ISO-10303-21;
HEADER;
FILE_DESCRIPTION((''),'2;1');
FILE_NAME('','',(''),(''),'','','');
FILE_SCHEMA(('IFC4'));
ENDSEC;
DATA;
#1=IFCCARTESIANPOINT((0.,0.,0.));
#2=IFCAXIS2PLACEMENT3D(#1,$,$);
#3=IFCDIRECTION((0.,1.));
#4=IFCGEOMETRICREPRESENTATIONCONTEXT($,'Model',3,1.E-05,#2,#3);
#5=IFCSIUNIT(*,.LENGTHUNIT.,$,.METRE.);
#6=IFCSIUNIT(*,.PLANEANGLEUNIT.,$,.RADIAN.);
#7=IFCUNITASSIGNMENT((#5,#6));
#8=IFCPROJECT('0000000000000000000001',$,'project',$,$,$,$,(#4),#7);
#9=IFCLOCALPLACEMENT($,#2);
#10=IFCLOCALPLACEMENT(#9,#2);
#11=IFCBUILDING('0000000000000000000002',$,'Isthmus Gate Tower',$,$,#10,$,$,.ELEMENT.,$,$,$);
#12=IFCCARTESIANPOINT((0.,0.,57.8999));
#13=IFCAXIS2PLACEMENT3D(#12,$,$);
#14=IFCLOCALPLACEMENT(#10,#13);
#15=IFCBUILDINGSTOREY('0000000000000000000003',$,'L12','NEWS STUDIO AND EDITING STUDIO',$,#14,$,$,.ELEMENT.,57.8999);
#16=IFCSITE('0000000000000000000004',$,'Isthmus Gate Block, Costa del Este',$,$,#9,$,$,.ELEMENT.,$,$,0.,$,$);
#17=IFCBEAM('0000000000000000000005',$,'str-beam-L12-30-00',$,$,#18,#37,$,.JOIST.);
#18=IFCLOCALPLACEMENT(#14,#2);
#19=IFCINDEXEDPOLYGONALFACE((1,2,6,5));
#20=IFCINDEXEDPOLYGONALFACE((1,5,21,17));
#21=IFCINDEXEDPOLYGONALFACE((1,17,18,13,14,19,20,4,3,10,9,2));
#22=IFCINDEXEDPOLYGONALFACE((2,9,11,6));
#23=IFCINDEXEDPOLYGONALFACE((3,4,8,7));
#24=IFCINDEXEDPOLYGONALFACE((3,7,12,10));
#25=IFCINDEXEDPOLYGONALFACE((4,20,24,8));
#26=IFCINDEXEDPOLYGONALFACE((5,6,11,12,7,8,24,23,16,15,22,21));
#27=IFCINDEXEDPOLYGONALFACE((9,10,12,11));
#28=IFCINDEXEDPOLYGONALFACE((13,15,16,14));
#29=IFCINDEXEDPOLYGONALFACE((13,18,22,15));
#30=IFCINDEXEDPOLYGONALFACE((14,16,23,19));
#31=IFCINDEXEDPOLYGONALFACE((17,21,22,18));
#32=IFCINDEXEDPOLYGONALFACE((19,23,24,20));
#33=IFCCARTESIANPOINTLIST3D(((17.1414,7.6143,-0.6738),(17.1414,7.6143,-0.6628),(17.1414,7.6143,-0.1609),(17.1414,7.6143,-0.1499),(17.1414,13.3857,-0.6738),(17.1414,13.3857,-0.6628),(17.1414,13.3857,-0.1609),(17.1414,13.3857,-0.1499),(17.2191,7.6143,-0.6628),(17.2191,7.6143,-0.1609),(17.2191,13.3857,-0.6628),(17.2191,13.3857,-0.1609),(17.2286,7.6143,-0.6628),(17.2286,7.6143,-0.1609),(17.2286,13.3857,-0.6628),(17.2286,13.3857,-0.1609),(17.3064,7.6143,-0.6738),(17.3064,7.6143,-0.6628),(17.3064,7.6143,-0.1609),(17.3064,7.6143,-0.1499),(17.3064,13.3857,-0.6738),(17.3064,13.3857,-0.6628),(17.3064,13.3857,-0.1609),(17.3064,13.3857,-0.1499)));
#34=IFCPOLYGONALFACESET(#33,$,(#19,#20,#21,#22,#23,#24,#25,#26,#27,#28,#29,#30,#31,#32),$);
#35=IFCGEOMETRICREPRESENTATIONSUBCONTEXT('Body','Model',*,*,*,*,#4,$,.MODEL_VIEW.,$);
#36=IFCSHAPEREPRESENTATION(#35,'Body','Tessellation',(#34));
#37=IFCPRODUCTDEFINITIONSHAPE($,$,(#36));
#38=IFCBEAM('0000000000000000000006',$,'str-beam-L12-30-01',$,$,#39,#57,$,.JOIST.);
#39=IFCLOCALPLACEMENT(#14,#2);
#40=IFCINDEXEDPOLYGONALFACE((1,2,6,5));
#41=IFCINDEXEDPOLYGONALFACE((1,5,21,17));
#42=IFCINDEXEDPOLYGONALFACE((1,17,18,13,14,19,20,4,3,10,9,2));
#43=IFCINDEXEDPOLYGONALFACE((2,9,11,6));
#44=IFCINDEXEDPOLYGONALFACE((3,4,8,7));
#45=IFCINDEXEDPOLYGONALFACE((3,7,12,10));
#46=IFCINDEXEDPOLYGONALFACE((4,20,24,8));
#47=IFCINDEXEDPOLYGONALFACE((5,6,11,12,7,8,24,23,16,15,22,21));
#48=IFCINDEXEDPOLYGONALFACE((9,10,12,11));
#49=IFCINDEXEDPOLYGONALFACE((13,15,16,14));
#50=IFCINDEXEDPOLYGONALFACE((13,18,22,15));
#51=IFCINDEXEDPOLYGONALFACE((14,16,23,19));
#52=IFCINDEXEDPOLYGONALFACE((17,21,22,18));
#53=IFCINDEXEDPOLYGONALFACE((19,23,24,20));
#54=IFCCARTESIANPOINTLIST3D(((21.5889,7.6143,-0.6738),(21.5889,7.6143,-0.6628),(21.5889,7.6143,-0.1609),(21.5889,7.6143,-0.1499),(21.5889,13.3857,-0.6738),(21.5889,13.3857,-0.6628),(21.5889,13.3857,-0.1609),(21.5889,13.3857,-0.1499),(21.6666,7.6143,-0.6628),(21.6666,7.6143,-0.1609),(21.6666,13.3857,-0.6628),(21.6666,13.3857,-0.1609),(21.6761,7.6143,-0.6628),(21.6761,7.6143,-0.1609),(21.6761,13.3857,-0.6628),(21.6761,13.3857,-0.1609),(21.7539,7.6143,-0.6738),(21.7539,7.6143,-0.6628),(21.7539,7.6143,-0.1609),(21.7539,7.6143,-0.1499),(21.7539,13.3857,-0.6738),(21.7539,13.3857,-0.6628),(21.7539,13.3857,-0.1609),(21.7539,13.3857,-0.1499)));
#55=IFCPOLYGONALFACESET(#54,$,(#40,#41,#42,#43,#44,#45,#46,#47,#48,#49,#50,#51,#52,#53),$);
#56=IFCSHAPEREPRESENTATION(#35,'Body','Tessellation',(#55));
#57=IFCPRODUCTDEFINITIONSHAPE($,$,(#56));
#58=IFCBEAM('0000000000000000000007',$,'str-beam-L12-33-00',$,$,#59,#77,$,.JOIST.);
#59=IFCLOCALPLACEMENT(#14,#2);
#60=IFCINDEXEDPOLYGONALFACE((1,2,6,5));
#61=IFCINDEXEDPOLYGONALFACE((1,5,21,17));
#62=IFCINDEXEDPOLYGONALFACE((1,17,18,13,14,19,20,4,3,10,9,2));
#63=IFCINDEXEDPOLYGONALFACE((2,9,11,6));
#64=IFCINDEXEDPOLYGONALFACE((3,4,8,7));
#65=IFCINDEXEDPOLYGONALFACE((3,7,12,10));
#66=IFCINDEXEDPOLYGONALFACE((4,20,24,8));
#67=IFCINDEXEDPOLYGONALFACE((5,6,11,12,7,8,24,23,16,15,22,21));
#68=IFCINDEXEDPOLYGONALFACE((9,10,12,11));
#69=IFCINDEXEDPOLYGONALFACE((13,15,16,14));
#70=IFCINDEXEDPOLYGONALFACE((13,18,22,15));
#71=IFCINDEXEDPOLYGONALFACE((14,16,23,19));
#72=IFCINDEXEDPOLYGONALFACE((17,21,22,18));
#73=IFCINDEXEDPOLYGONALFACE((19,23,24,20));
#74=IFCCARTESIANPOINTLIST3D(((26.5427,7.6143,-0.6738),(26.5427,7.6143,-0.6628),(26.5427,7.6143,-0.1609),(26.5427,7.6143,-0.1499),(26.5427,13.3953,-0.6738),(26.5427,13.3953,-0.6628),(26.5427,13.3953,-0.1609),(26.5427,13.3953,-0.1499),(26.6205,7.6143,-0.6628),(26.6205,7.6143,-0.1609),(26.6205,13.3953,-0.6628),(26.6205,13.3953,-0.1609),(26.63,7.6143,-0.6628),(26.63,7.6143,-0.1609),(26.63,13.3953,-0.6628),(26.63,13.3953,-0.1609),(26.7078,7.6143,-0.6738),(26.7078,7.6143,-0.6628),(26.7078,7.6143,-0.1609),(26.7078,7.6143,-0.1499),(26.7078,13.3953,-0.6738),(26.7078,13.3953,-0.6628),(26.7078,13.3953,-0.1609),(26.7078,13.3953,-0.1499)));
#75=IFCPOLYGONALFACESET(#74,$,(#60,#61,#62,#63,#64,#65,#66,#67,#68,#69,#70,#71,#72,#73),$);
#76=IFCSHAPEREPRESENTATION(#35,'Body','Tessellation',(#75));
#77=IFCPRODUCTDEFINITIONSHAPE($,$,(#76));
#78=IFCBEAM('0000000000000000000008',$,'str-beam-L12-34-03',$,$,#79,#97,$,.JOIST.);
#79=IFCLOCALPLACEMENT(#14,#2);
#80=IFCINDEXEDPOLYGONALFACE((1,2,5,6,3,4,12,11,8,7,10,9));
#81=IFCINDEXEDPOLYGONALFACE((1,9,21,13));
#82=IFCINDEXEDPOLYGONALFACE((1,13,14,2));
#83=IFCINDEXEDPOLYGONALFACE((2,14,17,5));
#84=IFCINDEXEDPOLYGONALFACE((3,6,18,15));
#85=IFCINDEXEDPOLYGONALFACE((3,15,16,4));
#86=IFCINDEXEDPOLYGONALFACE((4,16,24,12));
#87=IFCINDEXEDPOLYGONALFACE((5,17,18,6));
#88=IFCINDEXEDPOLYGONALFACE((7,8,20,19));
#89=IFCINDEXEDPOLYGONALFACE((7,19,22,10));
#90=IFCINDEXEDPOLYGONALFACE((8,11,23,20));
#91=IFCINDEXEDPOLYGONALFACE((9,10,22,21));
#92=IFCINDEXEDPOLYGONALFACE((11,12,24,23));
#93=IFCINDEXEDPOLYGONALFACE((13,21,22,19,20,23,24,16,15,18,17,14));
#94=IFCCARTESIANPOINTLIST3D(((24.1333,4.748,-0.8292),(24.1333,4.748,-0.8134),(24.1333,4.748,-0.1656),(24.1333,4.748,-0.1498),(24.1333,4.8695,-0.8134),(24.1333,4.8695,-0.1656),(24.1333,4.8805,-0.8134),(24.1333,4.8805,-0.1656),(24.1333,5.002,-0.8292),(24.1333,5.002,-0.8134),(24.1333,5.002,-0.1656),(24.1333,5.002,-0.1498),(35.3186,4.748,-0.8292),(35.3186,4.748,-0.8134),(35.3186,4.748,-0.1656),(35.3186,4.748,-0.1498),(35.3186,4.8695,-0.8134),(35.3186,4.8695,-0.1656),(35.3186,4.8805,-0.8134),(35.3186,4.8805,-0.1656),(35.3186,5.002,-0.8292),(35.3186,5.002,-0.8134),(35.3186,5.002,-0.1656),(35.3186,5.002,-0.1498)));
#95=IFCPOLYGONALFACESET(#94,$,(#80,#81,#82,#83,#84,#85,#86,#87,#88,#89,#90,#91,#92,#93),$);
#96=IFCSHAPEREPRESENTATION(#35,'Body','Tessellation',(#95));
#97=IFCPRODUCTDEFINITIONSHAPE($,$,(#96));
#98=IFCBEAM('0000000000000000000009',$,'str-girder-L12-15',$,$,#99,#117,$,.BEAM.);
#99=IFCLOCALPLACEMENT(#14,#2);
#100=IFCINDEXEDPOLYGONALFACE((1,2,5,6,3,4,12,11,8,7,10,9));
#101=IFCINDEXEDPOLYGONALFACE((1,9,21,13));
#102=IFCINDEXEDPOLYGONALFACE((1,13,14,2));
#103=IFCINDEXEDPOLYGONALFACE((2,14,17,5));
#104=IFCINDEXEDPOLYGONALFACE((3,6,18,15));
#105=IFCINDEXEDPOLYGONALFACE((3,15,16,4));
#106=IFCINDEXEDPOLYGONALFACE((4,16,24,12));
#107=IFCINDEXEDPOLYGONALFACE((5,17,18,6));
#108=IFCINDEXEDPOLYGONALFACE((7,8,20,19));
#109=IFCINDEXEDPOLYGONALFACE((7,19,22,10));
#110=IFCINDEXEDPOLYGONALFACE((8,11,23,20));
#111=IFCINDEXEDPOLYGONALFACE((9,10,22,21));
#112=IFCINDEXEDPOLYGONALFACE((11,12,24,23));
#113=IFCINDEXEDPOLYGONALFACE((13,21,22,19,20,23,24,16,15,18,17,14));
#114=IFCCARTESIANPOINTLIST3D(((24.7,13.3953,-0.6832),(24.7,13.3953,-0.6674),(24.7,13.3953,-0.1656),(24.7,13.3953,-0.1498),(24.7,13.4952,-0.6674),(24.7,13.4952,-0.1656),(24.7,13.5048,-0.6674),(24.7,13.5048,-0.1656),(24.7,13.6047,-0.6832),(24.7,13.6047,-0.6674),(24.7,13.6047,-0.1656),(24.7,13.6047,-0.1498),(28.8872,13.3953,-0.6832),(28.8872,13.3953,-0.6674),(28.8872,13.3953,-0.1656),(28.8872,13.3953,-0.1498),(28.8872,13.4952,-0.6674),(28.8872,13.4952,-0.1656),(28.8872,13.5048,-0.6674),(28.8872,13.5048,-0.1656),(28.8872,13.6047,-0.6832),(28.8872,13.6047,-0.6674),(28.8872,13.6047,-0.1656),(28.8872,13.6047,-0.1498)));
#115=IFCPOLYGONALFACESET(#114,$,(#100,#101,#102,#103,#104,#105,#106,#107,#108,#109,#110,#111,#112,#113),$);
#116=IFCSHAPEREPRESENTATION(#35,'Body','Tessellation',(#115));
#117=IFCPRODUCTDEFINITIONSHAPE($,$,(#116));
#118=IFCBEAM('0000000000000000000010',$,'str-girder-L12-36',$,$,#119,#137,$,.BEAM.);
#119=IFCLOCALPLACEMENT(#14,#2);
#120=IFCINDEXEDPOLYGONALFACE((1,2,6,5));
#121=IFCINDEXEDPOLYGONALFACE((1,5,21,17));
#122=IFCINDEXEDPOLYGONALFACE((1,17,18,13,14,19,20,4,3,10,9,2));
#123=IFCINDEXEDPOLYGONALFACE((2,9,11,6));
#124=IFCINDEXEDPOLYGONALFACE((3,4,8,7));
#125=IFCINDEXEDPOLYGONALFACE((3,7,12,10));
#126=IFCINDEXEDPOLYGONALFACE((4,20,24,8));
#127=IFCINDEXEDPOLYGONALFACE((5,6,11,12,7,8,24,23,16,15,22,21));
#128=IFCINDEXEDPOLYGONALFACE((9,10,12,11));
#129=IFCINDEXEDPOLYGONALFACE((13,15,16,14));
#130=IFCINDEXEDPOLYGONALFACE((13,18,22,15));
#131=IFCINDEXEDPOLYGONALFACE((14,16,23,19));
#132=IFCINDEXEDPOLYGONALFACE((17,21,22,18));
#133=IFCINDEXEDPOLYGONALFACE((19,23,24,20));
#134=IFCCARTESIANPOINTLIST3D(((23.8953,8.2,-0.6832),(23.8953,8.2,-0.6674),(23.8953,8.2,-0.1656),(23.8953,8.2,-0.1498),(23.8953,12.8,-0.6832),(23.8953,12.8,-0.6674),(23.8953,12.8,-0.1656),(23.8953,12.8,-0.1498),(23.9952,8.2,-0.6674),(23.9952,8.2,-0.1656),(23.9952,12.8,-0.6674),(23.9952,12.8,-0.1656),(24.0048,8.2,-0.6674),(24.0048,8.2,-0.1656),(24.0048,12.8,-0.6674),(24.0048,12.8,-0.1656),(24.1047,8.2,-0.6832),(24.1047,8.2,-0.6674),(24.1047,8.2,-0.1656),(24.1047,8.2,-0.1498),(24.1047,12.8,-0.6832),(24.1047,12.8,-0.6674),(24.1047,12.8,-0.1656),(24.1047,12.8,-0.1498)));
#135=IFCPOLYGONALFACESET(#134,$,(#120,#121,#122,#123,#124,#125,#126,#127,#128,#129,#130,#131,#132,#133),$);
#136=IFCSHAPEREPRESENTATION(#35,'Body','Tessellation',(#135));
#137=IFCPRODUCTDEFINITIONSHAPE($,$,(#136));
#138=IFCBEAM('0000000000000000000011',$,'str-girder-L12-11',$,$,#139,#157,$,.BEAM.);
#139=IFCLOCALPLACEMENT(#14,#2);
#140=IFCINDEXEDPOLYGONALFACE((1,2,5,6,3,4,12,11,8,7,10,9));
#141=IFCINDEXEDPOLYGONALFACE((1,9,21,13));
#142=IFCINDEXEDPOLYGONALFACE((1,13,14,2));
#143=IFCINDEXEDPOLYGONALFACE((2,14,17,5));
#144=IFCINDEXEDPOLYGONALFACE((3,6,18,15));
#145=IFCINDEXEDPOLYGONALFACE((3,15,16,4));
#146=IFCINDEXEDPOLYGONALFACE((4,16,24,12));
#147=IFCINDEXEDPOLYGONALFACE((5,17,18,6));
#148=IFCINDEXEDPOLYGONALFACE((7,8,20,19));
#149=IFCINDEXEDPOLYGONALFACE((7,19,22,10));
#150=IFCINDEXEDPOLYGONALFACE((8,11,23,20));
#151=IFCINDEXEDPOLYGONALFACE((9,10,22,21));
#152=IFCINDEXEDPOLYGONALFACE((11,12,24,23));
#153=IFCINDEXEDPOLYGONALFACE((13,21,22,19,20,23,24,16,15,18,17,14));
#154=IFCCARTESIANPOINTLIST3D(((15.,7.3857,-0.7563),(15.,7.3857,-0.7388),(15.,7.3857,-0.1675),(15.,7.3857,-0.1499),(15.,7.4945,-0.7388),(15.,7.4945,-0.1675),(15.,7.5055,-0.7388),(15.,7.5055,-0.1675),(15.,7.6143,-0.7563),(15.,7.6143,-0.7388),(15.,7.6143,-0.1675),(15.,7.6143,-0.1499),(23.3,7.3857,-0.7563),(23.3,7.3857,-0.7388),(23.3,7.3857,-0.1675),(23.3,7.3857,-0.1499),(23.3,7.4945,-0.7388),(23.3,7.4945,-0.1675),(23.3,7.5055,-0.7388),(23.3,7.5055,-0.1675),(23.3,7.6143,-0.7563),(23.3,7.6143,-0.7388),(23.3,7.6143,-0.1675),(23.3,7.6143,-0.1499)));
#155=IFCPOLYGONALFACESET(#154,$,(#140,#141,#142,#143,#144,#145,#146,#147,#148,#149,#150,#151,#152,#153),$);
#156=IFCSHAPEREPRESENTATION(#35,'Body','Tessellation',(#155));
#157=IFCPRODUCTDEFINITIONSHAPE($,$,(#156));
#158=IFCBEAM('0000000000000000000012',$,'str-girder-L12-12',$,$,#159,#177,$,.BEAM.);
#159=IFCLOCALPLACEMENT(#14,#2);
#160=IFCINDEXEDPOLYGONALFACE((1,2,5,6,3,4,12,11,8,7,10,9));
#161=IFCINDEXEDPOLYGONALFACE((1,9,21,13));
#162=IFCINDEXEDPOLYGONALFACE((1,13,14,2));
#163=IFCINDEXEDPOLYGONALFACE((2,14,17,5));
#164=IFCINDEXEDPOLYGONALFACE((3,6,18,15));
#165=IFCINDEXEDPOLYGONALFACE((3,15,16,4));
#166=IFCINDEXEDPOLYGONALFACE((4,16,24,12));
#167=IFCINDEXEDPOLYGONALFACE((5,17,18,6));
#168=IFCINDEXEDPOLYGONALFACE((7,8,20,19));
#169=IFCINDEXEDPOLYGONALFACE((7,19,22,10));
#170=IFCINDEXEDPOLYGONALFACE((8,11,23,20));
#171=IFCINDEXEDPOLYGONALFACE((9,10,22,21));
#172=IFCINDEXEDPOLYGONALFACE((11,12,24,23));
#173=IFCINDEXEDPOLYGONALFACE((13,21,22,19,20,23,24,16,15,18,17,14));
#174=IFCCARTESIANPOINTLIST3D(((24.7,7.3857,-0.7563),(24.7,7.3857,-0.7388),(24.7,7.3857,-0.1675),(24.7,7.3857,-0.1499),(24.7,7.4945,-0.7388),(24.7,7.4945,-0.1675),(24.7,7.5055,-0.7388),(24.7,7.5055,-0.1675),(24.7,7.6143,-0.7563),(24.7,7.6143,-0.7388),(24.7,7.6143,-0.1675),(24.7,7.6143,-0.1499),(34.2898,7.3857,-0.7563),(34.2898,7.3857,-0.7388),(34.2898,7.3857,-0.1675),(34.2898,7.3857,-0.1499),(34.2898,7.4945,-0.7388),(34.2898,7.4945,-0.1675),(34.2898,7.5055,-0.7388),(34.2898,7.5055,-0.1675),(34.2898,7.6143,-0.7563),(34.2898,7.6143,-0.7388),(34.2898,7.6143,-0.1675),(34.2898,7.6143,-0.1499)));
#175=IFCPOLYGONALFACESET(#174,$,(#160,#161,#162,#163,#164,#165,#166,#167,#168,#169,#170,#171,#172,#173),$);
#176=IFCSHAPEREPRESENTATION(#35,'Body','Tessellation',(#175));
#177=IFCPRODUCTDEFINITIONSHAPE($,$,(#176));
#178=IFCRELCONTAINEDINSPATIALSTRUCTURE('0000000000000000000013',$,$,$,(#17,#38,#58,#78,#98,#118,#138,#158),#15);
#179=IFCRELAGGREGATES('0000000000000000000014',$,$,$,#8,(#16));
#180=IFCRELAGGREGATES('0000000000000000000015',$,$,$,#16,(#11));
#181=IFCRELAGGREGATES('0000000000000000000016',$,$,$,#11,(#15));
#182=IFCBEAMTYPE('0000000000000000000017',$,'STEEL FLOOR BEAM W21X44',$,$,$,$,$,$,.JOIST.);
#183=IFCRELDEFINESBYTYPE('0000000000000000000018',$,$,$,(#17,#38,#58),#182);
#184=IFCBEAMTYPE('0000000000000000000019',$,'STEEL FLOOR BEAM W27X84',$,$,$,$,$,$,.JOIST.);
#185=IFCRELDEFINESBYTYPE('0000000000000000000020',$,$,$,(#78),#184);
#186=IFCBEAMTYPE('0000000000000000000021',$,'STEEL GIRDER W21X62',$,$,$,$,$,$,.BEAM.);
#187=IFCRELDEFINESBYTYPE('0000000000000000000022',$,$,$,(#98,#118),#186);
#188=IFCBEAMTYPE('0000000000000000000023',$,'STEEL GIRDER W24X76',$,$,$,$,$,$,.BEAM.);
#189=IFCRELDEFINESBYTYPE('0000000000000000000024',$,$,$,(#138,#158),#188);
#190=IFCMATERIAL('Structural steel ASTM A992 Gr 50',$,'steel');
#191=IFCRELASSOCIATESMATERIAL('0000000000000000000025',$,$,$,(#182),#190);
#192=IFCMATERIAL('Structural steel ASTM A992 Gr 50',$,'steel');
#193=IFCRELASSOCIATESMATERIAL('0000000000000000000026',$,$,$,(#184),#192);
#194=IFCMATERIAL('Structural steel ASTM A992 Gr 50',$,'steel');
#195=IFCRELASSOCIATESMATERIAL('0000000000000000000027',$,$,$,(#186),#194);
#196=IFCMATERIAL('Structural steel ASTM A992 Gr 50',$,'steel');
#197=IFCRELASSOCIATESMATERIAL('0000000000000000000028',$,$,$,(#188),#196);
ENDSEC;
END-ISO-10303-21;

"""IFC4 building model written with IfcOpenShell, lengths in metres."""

from ifc_helpers import new_model, si_unit, direction, frame, origin, origin_2d, place, context, subcontext, project, spatial, i_section, extrude, material, material_profile, profile_set, type_object, element, save


model = new_model("IFC4")

# Units and contexts
model_context = context("Model", 3, precision=1e-05, world=origin(), true_north=direction((0.0, 1.0)))
body_context = subcontext(model_context, "Body", "Model", "MODEL_VIEW")
ifc_project = project(units=[si_unit("LENGTHUNIT", "METRE"), si_unit("PLANEANGLEUNIT", "RADIAN")], contexts=[model_context])

# Site, building, storey
site_placement = place(None, origin())
site = spatial("IfcSite", under=ifc_project, at=site_placement, Name="Isthmus Gate Block, Costa del Este", CompositionType="ELEMENT", RefElevation=0.0)
building_placement = place(site_placement, origin())
building = spatial("IfcBuilding", under=site, at=building_placement, Name="Isthmus Gate Tower", CompositionType="ELEMENT")
storey_placement = place(building_placement, frame((0.0, 0.0, 57.8999)))
storey = spatial("IfcBuildingStorey", under=building, at=storey_placement, Name="L12", Description="NEWS STUDIO AND EDITING STUDIO", CompositionType="ELEMENT", Elevation=57.8999)

# Beams
ifc_material_1 = material(Name="Structural steel ASTM A992 Gr 50", Category="steel")
ifc_material_profile_1 = material_profile(ifc_material_1, i_section(OverallWidth=0.165, OverallDepth=0.5239, WebThickness=0.0095, FlangeThickness=0.011, at=origin_2d()), Name="W21X44")
ifc_profile_set_1 = profile_set([ifc_material_profile_1], Name="Structural steel ASTM A992 Gr 50")
beam_type_1 = type_object("IfcBeamType", Name="STEEL FLOOR BEAM W21X44", PredefinedType="JOIST", material=ifc_profile_set_1)
for number, where, z_axis, x_axis, name in (
    (1, (17.2239, 7.6143, -0.4119), (0.0, 1.0, 0.0), (-1.0, 0.0, 0.0), "str-beam-L12-30-00"),
    (2, (21.6714, 7.6143, -0.4119), (0.0, 1.0, 0.0), (-1.0, 0.0, 0.0), "str-beam-L12-30-01"),
):
    element("IfcBeam", number, at=place(storey_placement, frame(where, z_axis=z_axis, x_axis=x_axis)), inside=storey, type_object=beam_type_1, Name=name, PredefinedType="JOIST", context=body_context, shape_type="SweptSolid", body=[
        extrude(i_section(OverallWidth=0.165, OverallDepth=0.5239, WebThickness=0.0095, FlangeThickness=0.011, at=origin_2d()), origin(), (0.0, 0.0, 1.0), 5.7715),
    ])
beam_1_placement = place(storey_placement, frame((26.6252, 7.6143, -0.4119), z_axis=(0.0, 1.0, 0.0), x_axis=(-1.0, 0.0, 0.0)))
element("IfcBeam", 3, at=beam_1_placement, inside=storey, type_object=beam_type_1, Name="str-beam-L12-33-00", PredefinedType="JOIST", context=body_context, shape_type="SweptSolid", body=[
    extrude(i_section(OverallWidth=0.165, OverallDepth=0.5239, WebThickness=0.0095, FlangeThickness=0.011, at=origin_2d()), origin(), (0.0, 0.0, 1.0), 5.781),
])
ifc_material_2 = material(Name="Structural steel ASTM A992 Gr 50", Category="steel")
ifc_material_profile_2 = material_profile(ifc_material_2, i_section(OverallWidth=0.2539, OverallDepth=0.6794, WebThickness=0.011, FlangeThickness=0.0159, at=origin_2d()), Name="W27X84")
ifc_profile_set_2 = profile_set([ifc_material_profile_2], Name="Structural steel ASTM A992 Gr 50")
beam_type_2 = type_object("IfcBeamType", Name="STEEL FLOOR BEAM W27X84", PredefinedType="JOIST", material=ifc_profile_set_2)
beam_2_placement = place(storey_placement, frame((24.1333, 4.875, -0.4895), z_axis=(1.0, 0.0, 0.0), x_axis=(0.0, 1.0, 0.0)))
element("IfcBeam", 4, at=beam_2_placement, inside=storey, type_object=beam_type_2, Name="str-beam-L12-34-03", PredefinedType="JOIST", context=body_context, shape_type="SweptSolid", body=[
    extrude(i_section(OverallWidth=0.2539, OverallDepth=0.6794, WebThickness=0.011, FlangeThickness=0.0159, at=origin_2d()), origin(), (0.0, 0.0, 1.0), 11.1853),
])
ifc_material_3 = material(Name="Structural steel ASTM A992 Gr 50", Category="steel")
ifc_material_profile_3 = material_profile(ifc_material_3, i_section(OverallWidth=0.2095, OverallDepth=0.5334, WebThickness=0.0095, FlangeThickness=0.0159, at=origin_2d()), Name="W21X62")
ifc_profile_set_3 = profile_set([ifc_material_profile_3], Name="Structural steel ASTM A992 Gr 50")
beam_type_3 = type_object("IfcBeamType", Name="STEEL GIRDER W21X62", PredefinedType="BEAM", material=ifc_profile_set_3)
beam_3_placement = place(storey_placement, frame((24.7, 13.5, -0.4165), z_axis=(1.0, 0.0, 0.0), x_axis=(0.0, 1.0, 0.0)))
element("IfcBeam", 5, at=beam_3_placement, inside=storey, type_object=beam_type_3, Name="str-girder-L12-15", PredefinedType="BEAM", context=body_context, shape_type="SweptSolid", body=[
    extrude(i_section(OverallWidth=0.2095, OverallDepth=0.5334, WebThickness=0.0095, FlangeThickness=0.0159, at=origin_2d()), origin(), (0.0, 0.0, 1.0), 4.1873),
])
beam_4_placement = place(storey_placement, frame((24.0, 8.2, -0.4165), z_axis=(0.0, 1.0, 0.0), x_axis=(-1.0, 0.0, 0.0)))
element("IfcBeam", 6, at=beam_4_placement, inside=storey, type_object=beam_type_3, Name="str-girder-L12-36", PredefinedType="BEAM", context=body_context, shape_type="SweptSolid", body=[
    extrude(i_section(OverallWidth=0.2095, OverallDepth=0.5334, WebThickness=0.0095, FlangeThickness=0.0159, at=origin_2d()), origin(), (0.0, 0.0, 1.0), 4.6001),
])
ifc_material_4 = material(Name="Structural steel ASTM A992 Gr 50", Category="steel")
ifc_material_profile_4 = material_profile(ifc_material_4, i_section(OverallWidth=0.2285, OverallDepth=0.6064, WebThickness=0.011, FlangeThickness=0.0176, at=origin_2d()), Name="W24X76")
ifc_profile_set_4 = profile_set([ifc_material_profile_4], Name="Structural steel ASTM A992 Gr 50")
beam_type_4 = type_object("IfcBeamType", Name="STEEL GIRDER W24X76", PredefinedType="BEAM", material=ifc_profile_set_4)
beam_5_placement = place(storey_placement, frame((15.0, 7.5, -0.4531), z_axis=(1.0, 0.0, 0.0), x_axis=(0.0, 1.0, 0.0)))
element("IfcBeam", 7, at=beam_5_placement, inside=storey, type_object=beam_type_4, Name="str-girder-L12-11", PredefinedType="BEAM", context=body_context, shape_type="SweptSolid", body=[
    extrude(i_section(OverallWidth=0.2285, OverallDepth=0.6064, WebThickness=0.011, FlangeThickness=0.0176, at=origin_2d()), origin(), (0.0, 0.0, 1.0), 8.3),
])
beam_6_placement = place(storey_placement, frame((24.7, 7.5, -0.4531), z_axis=(1.0, 0.0, 0.0), x_axis=(0.0, 1.0, 0.0)))
element("IfcBeam", 8, at=beam_6_placement, inside=storey, type_object=beam_type_4, Name="str-girder-L12-12", PredefinedType="BEAM", context=body_context, shape_type="SweptSolid", body=[
    extrude(i_section(OverallWidth=0.2285, OverallDepth=0.6064, WebThickness=0.011, FlangeThickness=0.0176, at=origin_2d()), origin(), (0.0, 0.0, 1.0), 9.5898),
])

save(model, "model.ifc")
